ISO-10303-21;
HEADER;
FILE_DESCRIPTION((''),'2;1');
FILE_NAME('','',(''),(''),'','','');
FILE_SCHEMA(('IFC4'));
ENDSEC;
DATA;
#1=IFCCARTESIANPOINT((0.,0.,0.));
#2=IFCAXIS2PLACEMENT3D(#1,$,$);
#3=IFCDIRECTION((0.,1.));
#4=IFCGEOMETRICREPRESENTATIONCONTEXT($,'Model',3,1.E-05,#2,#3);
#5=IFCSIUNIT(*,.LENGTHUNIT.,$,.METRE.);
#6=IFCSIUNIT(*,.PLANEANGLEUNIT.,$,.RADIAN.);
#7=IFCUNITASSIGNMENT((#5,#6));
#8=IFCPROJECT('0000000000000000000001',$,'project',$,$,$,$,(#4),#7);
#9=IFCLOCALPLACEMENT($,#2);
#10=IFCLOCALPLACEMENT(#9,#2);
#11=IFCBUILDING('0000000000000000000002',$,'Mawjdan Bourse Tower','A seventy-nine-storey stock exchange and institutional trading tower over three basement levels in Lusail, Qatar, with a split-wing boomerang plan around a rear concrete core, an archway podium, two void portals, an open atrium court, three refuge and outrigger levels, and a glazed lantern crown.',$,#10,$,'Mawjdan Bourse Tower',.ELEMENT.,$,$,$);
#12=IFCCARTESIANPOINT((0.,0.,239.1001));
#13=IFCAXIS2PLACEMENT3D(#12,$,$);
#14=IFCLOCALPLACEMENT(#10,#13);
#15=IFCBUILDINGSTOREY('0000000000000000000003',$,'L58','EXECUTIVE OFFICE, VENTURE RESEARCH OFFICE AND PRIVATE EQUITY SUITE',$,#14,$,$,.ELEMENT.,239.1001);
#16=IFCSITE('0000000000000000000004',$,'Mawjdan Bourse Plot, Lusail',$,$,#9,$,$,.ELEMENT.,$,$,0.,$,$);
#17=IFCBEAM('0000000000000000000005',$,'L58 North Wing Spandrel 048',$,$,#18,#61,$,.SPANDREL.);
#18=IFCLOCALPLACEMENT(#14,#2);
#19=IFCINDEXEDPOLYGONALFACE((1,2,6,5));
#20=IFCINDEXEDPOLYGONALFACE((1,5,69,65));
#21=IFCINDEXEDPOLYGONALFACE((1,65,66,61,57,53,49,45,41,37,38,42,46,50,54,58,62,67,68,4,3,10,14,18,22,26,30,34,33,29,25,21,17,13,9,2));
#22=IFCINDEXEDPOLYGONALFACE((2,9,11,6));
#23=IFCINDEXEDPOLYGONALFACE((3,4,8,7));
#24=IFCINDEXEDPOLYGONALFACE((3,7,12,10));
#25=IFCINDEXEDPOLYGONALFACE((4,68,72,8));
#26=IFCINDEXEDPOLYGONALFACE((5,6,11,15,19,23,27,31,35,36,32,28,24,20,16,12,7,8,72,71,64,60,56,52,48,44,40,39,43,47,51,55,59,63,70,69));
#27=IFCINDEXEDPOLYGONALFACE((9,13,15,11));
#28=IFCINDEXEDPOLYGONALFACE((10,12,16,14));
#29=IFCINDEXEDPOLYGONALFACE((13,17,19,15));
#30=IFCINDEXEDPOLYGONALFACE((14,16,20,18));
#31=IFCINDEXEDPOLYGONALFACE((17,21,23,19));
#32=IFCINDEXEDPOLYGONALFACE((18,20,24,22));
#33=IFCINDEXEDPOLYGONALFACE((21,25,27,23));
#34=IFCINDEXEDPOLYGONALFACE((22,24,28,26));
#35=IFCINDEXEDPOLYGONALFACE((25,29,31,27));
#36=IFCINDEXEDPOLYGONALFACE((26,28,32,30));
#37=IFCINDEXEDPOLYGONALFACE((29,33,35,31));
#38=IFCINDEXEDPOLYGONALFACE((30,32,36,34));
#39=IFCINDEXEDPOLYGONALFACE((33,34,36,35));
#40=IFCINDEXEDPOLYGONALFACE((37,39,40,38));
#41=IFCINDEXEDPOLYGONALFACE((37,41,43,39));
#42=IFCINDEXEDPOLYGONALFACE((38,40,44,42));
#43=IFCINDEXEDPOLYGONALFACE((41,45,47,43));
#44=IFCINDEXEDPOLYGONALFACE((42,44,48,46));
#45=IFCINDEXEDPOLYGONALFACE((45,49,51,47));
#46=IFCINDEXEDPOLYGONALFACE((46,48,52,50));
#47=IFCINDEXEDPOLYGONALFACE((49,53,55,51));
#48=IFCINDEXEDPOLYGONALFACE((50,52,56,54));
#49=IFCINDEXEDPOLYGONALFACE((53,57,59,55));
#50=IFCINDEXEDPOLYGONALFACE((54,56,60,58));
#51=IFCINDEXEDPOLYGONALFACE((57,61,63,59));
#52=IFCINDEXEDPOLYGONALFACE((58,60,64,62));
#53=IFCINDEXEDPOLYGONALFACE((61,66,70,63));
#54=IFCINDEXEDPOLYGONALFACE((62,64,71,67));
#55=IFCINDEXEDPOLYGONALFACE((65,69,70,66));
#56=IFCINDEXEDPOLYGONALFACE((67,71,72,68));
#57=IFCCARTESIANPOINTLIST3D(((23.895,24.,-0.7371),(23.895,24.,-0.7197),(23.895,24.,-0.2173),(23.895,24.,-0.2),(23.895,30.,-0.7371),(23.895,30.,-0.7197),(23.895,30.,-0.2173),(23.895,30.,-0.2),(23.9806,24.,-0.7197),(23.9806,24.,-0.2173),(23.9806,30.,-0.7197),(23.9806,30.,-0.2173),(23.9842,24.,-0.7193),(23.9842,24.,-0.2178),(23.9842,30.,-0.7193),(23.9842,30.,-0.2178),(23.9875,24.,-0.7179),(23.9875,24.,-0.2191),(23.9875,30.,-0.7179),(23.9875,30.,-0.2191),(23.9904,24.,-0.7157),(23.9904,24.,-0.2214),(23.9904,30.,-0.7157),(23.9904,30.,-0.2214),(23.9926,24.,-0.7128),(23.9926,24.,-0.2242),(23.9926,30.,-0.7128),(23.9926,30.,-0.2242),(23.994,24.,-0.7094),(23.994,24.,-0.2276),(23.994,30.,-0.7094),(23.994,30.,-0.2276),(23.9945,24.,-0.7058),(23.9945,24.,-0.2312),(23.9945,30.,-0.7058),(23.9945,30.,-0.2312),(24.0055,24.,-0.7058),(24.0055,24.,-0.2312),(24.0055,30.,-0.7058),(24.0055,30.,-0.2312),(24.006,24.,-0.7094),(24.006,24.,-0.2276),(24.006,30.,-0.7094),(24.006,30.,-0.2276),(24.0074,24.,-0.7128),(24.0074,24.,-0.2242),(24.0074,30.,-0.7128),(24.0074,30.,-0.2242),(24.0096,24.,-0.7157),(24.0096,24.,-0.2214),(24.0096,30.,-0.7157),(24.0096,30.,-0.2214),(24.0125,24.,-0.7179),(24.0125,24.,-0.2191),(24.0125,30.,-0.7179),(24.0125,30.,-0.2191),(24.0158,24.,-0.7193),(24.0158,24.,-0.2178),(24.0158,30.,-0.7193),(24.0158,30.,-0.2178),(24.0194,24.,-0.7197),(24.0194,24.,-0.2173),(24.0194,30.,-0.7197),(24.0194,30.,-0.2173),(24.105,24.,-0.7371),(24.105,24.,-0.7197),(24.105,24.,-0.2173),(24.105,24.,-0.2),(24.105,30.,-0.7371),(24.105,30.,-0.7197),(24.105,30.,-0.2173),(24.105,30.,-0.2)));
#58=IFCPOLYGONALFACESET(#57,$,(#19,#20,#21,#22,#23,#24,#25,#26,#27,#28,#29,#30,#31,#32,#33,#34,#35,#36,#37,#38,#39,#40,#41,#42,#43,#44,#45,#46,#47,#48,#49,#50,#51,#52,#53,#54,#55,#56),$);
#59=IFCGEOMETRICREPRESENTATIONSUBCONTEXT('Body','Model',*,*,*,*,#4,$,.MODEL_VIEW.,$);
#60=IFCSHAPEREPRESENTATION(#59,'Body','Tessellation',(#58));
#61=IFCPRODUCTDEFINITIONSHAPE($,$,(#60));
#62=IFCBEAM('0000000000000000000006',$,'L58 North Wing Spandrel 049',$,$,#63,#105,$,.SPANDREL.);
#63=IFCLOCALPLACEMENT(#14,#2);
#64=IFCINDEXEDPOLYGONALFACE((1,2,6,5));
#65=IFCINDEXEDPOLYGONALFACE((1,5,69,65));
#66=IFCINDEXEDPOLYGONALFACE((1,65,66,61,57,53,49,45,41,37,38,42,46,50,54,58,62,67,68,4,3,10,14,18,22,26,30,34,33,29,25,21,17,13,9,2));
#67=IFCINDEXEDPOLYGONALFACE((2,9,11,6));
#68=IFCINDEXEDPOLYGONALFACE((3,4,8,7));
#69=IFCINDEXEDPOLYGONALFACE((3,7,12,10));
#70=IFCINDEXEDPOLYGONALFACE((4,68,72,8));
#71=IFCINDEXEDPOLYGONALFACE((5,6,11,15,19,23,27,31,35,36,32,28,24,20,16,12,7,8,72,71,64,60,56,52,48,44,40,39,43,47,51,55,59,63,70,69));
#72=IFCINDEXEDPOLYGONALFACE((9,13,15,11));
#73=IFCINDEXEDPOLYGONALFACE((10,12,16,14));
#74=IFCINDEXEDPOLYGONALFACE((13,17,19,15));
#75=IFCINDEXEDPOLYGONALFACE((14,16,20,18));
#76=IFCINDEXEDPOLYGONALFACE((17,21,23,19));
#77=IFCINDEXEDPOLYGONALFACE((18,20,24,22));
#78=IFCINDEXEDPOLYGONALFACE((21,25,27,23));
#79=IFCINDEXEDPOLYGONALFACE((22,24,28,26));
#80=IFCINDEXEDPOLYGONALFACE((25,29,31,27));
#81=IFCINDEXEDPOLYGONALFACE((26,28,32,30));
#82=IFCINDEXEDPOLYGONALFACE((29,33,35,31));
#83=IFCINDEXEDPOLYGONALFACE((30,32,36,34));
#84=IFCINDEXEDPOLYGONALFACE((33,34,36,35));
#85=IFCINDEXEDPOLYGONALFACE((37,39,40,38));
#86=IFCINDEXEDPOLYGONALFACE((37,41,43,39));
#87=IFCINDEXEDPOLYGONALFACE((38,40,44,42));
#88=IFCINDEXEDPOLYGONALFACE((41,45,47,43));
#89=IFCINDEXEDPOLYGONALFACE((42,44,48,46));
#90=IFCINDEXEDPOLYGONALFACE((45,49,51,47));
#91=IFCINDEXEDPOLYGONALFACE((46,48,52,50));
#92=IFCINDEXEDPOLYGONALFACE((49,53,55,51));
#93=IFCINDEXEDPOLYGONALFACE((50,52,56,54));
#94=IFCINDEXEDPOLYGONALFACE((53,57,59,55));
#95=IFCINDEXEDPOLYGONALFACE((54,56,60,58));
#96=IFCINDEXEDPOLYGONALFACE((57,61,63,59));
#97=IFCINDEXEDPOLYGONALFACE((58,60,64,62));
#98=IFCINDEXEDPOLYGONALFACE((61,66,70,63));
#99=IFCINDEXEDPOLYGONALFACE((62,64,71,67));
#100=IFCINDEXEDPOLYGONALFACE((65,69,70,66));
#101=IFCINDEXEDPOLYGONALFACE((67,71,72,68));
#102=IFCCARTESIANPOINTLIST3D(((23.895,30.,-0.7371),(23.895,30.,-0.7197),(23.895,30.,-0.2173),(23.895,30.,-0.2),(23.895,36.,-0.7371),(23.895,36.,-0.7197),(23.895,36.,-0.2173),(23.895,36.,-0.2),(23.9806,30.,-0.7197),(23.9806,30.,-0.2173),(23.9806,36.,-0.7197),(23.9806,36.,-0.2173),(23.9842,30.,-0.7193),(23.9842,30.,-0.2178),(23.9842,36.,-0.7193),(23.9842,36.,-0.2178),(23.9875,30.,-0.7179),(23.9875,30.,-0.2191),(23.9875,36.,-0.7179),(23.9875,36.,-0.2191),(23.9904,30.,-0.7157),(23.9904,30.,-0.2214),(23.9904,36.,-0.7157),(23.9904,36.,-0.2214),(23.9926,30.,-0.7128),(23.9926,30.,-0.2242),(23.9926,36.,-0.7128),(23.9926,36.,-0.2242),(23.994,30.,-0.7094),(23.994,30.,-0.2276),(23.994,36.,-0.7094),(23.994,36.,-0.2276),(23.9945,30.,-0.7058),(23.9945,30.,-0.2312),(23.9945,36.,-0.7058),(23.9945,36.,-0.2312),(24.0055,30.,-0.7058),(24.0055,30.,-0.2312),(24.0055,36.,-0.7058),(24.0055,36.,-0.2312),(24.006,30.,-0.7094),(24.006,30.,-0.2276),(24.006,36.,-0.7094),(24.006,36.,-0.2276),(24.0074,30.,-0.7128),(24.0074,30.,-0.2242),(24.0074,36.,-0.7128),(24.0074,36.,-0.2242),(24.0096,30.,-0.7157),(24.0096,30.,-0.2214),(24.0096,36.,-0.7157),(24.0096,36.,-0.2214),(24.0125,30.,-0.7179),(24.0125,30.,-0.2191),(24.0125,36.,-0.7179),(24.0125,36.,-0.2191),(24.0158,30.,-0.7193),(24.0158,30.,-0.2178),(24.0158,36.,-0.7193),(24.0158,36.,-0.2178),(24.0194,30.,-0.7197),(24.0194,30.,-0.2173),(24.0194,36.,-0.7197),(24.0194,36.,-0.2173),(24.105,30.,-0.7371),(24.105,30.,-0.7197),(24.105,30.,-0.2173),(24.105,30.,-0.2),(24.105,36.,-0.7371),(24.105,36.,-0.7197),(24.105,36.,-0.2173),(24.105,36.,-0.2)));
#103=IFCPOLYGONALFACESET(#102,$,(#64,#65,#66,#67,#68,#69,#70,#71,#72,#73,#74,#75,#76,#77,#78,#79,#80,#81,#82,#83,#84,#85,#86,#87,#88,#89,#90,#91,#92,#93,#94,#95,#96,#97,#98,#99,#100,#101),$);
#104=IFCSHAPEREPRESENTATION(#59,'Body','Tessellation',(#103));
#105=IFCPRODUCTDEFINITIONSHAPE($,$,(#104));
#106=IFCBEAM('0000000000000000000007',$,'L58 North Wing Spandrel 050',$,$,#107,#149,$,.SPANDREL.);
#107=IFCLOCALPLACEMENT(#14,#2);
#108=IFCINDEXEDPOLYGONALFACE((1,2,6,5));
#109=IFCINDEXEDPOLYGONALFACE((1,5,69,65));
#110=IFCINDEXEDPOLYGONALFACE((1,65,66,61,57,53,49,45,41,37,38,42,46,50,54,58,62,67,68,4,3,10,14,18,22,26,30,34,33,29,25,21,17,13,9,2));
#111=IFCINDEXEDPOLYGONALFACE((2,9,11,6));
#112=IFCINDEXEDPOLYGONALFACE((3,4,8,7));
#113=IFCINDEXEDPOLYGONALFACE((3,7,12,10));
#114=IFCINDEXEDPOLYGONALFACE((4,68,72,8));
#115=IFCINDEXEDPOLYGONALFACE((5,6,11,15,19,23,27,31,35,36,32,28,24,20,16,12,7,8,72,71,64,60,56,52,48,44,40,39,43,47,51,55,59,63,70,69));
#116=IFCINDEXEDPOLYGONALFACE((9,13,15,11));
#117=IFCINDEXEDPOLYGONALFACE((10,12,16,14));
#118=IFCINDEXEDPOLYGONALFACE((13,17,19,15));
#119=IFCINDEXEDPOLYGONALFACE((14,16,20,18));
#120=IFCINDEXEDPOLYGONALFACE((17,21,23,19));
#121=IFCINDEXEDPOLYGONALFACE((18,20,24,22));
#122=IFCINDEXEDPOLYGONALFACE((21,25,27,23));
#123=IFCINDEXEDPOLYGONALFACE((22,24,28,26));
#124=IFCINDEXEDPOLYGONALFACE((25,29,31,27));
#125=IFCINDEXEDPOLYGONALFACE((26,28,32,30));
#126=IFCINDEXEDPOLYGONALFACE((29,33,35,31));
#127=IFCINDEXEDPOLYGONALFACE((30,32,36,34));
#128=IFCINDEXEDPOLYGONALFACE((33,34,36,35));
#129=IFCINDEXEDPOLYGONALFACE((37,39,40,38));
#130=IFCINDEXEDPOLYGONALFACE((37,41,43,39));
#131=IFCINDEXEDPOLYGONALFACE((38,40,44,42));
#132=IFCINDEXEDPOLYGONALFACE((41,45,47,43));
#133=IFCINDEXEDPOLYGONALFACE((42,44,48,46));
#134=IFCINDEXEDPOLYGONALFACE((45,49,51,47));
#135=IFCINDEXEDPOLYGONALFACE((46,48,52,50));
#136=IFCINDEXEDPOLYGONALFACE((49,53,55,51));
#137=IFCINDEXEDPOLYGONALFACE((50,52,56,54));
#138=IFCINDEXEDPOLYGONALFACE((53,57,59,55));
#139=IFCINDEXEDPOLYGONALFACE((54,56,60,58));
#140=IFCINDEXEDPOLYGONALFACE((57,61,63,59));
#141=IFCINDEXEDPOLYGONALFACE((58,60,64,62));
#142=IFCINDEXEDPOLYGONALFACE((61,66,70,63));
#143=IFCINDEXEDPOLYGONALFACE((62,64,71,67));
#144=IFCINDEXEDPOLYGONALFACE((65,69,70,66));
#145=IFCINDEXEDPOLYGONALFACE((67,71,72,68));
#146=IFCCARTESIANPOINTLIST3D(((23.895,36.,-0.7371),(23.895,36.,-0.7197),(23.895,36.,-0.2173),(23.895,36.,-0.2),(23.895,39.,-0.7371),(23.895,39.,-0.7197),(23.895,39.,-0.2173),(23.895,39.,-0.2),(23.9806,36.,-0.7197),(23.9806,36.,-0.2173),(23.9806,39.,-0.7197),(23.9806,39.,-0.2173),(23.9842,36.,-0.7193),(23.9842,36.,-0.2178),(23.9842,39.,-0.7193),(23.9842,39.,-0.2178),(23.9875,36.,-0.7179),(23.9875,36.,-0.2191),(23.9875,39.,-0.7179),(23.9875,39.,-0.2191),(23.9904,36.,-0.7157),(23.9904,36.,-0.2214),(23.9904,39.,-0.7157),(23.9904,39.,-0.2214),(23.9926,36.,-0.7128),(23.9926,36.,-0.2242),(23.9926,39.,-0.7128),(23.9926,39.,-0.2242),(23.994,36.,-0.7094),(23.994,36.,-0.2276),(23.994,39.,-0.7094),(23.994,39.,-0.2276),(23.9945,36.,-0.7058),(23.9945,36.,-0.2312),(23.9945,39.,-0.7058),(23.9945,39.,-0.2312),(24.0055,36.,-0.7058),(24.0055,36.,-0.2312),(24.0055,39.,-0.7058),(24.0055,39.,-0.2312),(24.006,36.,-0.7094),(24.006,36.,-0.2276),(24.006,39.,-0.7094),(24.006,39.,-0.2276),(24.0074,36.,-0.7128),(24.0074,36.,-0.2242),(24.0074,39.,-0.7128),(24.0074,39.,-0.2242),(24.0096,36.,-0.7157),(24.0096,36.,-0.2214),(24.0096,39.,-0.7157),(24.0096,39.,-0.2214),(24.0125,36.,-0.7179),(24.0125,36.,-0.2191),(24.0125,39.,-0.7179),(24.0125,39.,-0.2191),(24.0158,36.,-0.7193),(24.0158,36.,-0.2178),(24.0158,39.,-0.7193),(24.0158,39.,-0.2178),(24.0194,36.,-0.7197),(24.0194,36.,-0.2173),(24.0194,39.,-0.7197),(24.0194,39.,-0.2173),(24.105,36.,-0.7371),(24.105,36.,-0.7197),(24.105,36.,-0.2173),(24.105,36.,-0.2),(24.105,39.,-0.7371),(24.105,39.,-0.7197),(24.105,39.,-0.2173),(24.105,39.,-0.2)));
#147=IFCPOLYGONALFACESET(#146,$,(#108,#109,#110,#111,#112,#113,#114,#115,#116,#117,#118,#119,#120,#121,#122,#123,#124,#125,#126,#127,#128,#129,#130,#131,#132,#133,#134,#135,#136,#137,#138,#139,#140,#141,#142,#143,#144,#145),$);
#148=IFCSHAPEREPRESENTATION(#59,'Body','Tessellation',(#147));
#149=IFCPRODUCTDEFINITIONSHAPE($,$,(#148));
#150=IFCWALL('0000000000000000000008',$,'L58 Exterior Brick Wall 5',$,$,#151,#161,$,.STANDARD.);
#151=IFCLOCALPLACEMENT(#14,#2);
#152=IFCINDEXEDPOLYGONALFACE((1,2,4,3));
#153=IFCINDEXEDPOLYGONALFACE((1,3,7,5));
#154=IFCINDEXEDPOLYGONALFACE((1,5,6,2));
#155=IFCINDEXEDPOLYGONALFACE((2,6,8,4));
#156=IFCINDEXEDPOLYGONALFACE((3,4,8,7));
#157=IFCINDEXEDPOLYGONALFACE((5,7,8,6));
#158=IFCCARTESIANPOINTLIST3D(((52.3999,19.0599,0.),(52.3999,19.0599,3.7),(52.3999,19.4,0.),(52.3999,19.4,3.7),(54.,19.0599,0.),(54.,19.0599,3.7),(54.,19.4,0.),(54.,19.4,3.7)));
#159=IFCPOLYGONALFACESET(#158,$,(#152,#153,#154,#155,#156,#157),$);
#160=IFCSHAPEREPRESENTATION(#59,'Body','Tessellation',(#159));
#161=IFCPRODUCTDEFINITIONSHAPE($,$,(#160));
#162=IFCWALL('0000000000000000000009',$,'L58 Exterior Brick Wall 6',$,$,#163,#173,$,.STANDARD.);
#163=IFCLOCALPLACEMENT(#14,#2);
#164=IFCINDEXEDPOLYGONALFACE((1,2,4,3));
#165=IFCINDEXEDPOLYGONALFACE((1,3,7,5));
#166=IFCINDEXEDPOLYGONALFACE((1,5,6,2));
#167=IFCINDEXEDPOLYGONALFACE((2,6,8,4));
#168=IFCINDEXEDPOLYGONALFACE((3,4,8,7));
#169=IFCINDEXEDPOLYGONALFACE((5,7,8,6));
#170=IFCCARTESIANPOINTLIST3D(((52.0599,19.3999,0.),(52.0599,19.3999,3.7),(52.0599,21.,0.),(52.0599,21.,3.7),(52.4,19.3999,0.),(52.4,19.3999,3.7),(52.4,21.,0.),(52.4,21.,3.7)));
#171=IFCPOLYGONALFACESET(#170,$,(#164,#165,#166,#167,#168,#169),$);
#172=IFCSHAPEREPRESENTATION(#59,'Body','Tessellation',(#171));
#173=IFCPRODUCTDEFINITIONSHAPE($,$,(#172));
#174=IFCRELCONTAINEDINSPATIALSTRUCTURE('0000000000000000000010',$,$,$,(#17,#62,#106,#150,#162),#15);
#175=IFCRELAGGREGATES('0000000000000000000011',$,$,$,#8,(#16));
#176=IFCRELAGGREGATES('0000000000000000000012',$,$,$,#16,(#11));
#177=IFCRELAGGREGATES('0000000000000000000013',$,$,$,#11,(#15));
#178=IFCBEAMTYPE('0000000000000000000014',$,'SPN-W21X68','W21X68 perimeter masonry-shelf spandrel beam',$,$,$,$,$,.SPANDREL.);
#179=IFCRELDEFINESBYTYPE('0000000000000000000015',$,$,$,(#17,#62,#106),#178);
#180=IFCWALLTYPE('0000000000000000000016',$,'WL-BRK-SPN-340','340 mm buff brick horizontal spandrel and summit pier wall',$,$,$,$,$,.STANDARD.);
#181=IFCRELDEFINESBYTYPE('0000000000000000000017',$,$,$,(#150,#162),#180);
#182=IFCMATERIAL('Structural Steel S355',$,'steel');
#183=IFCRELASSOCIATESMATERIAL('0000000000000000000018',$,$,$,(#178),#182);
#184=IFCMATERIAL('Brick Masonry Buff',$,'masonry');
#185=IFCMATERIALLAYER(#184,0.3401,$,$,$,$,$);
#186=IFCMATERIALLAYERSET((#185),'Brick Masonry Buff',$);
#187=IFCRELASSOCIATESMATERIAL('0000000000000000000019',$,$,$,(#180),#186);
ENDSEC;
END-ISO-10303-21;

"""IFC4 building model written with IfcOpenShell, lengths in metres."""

from ifc_helpers import new_model, si_unit, direction, frame, frame_2d, origin, origin_2d, place, context, subcontext, project, spatial, rectangle, i_section, extrude, material, layer, layer_set, material_profile, profile_set, type_object, element, save


model = new_model("IFC4")

# Units and contexts
model_context = context("Model", 3, precision=1e-05, world=origin(), true_north=direction((0.0, 1.0)))
body_context = subcontext(model_context, "Body", "Model", "MODEL_VIEW")
ifc_project = project(units=[si_unit("LENGTHUNIT", "METRE"), si_unit("PLANEANGLEUNIT", "RADIAN")], contexts=[model_context])

# Site, building, storey
site_placement = place(None, origin())
site = spatial("IfcSite", under=ifc_project, at=site_placement, Name="Mawjdan Bourse Plot, Lusail", CompositionType="ELEMENT", RefElevation=0.0)
building_placement = place(site_placement, origin())
building = spatial("IfcBuilding", under=site, at=building_placement, Name="Mawjdan Bourse Tower", Description="A seventy-nine-storey stock exchange and institutional trading tower over three basement levels in Lusail, Qatar, with a split-wing boomerang plan around a rear concrete core, an archway podium, two void portals, an open atrium court, three refuge and outrigger levels, and a glazed lantern crown.", LongName="Mawjdan Bourse Tower", CompositionType="ELEMENT")
storey_placement = place(building_placement, frame((0.0, 0.0, 239.1001)))
storey = spatial("IfcBuildingStorey", under=building, at=storey_placement, Name="L58", Description="EXECUTIVE OFFICE, VENTURE RESEARCH OFFICE AND PRIVATE EQUITY SUITE", CompositionType="ELEMENT", Elevation=239.1001)

# Beams
ifc_material_1 = material(Name="Structural Steel S355", Category="steel")
ifc_material_profile_1 = material_profile(ifc_material_1, i_section(OverallWidth=0.21, OverallDepth=0.5371, WebThickness=0.011, FlangeThickness=0.0173, FilletRadius=0.0139, at=origin_2d()), Name="W21X68")
ifc_profile_set_1 = profile_set([ifc_material_profile_1], Name="Structural Steel S355")
beam_type_1 = type_object("IfcBeamType", Name="SPN-W21X68", Description="W21X68 perimeter masonry-shelf spandrel beam", PredefinedType="SPANDREL", material=ifc_profile_set_1)
for number, where, z_axis, x_axis, name in (
    (1, (24.0, 24.0, -0.4685), (0.0, 1.0, 0.0), (-1.0, 0.0, 0.0), "L58 North Wing Spandrel 048"),
    (2, (24.0, 30.0, -0.4685), (0.0, 1.0, 0.0), (-1.0, 0.0, 0.0), "L58 North Wing Spandrel 049"),
):
    element("IfcBeam", number, at=place(storey_placement, frame(where, z_axis=z_axis, x_axis=x_axis)), inside=storey, type_object=beam_type_1, Name=name, PredefinedType="SPANDREL", context=body_context, shape_type="SweptSolid", body=[
        extrude(i_section(OverallWidth=0.21, OverallDepth=0.5371, WebThickness=0.011, FlangeThickness=0.0173, FilletRadius=0.0139, at=origin_2d()), origin(), (0.0, 0.0, 1.0), 6.0),
    ])
beam_1_placement = place(storey_placement, frame((24.0, 36.0, -0.4685), z_axis=(0.0, 1.0, 0.0), x_axis=(-1.0, 0.0, 0.0)))
element("IfcBeam", 3, at=beam_1_placement, inside=storey, type_object=beam_type_1, Name="L58 North Wing Spandrel 050", PredefinedType="SPANDREL", context=body_context, shape_type="SweptSolid", body=[
    extrude(i_section(OverallWidth=0.21, OverallDepth=0.5371, WebThickness=0.011, FlangeThickness=0.0173, FilletRadius=0.0139, at=origin_2d()), origin(), (0.0, 0.0, 1.0), 3.0),
])

# Walls
ifc_material_2 = material(Name="Brick Masonry Buff", Category="masonry")
ifc_layer = layer(ifc_material_2, 0.3401)
ifc_layer_set = layer_set([ifc_layer], Name="Brick Masonry Buff")
wall_type = type_object("IfcWallType", Name="WL-BRK-SPN-340", Description="340 mm buff brick horizontal spandrel and summit pier wall", PredefinedType="STANDARD", material=ifc_layer_set)
for number, where, z_axis, x_axis, name in (
    (4, (54.0, 19.23, 0.0), (0.0, 0.0, 1.0), (-1.0, 0.0, 0.0), "L58 Exterior Brick Wall 5"),
    (5, (52.23, 19.3999, 0.0), (0.0, 0.0, 1.0), (0.0, 1.0, 0.0), "L58 Exterior Brick Wall 6"),
):
    element("IfcWall", number, at=place(storey_placement, frame(where, z_axis=z_axis, x_axis=x_axis)), inside=storey, type_object=wall_type, Name=name, PredefinedType="STANDARD", context=body_context, shape_type="SweptSolid", body=[
        extrude(rectangle(XDim=1.6001, YDim=0.3401, at=frame_2d((0.8, 0.0))), origin(), (0.0, 0.0, 1.0), 3.7),
    ])

save(model, "model.ifc")
